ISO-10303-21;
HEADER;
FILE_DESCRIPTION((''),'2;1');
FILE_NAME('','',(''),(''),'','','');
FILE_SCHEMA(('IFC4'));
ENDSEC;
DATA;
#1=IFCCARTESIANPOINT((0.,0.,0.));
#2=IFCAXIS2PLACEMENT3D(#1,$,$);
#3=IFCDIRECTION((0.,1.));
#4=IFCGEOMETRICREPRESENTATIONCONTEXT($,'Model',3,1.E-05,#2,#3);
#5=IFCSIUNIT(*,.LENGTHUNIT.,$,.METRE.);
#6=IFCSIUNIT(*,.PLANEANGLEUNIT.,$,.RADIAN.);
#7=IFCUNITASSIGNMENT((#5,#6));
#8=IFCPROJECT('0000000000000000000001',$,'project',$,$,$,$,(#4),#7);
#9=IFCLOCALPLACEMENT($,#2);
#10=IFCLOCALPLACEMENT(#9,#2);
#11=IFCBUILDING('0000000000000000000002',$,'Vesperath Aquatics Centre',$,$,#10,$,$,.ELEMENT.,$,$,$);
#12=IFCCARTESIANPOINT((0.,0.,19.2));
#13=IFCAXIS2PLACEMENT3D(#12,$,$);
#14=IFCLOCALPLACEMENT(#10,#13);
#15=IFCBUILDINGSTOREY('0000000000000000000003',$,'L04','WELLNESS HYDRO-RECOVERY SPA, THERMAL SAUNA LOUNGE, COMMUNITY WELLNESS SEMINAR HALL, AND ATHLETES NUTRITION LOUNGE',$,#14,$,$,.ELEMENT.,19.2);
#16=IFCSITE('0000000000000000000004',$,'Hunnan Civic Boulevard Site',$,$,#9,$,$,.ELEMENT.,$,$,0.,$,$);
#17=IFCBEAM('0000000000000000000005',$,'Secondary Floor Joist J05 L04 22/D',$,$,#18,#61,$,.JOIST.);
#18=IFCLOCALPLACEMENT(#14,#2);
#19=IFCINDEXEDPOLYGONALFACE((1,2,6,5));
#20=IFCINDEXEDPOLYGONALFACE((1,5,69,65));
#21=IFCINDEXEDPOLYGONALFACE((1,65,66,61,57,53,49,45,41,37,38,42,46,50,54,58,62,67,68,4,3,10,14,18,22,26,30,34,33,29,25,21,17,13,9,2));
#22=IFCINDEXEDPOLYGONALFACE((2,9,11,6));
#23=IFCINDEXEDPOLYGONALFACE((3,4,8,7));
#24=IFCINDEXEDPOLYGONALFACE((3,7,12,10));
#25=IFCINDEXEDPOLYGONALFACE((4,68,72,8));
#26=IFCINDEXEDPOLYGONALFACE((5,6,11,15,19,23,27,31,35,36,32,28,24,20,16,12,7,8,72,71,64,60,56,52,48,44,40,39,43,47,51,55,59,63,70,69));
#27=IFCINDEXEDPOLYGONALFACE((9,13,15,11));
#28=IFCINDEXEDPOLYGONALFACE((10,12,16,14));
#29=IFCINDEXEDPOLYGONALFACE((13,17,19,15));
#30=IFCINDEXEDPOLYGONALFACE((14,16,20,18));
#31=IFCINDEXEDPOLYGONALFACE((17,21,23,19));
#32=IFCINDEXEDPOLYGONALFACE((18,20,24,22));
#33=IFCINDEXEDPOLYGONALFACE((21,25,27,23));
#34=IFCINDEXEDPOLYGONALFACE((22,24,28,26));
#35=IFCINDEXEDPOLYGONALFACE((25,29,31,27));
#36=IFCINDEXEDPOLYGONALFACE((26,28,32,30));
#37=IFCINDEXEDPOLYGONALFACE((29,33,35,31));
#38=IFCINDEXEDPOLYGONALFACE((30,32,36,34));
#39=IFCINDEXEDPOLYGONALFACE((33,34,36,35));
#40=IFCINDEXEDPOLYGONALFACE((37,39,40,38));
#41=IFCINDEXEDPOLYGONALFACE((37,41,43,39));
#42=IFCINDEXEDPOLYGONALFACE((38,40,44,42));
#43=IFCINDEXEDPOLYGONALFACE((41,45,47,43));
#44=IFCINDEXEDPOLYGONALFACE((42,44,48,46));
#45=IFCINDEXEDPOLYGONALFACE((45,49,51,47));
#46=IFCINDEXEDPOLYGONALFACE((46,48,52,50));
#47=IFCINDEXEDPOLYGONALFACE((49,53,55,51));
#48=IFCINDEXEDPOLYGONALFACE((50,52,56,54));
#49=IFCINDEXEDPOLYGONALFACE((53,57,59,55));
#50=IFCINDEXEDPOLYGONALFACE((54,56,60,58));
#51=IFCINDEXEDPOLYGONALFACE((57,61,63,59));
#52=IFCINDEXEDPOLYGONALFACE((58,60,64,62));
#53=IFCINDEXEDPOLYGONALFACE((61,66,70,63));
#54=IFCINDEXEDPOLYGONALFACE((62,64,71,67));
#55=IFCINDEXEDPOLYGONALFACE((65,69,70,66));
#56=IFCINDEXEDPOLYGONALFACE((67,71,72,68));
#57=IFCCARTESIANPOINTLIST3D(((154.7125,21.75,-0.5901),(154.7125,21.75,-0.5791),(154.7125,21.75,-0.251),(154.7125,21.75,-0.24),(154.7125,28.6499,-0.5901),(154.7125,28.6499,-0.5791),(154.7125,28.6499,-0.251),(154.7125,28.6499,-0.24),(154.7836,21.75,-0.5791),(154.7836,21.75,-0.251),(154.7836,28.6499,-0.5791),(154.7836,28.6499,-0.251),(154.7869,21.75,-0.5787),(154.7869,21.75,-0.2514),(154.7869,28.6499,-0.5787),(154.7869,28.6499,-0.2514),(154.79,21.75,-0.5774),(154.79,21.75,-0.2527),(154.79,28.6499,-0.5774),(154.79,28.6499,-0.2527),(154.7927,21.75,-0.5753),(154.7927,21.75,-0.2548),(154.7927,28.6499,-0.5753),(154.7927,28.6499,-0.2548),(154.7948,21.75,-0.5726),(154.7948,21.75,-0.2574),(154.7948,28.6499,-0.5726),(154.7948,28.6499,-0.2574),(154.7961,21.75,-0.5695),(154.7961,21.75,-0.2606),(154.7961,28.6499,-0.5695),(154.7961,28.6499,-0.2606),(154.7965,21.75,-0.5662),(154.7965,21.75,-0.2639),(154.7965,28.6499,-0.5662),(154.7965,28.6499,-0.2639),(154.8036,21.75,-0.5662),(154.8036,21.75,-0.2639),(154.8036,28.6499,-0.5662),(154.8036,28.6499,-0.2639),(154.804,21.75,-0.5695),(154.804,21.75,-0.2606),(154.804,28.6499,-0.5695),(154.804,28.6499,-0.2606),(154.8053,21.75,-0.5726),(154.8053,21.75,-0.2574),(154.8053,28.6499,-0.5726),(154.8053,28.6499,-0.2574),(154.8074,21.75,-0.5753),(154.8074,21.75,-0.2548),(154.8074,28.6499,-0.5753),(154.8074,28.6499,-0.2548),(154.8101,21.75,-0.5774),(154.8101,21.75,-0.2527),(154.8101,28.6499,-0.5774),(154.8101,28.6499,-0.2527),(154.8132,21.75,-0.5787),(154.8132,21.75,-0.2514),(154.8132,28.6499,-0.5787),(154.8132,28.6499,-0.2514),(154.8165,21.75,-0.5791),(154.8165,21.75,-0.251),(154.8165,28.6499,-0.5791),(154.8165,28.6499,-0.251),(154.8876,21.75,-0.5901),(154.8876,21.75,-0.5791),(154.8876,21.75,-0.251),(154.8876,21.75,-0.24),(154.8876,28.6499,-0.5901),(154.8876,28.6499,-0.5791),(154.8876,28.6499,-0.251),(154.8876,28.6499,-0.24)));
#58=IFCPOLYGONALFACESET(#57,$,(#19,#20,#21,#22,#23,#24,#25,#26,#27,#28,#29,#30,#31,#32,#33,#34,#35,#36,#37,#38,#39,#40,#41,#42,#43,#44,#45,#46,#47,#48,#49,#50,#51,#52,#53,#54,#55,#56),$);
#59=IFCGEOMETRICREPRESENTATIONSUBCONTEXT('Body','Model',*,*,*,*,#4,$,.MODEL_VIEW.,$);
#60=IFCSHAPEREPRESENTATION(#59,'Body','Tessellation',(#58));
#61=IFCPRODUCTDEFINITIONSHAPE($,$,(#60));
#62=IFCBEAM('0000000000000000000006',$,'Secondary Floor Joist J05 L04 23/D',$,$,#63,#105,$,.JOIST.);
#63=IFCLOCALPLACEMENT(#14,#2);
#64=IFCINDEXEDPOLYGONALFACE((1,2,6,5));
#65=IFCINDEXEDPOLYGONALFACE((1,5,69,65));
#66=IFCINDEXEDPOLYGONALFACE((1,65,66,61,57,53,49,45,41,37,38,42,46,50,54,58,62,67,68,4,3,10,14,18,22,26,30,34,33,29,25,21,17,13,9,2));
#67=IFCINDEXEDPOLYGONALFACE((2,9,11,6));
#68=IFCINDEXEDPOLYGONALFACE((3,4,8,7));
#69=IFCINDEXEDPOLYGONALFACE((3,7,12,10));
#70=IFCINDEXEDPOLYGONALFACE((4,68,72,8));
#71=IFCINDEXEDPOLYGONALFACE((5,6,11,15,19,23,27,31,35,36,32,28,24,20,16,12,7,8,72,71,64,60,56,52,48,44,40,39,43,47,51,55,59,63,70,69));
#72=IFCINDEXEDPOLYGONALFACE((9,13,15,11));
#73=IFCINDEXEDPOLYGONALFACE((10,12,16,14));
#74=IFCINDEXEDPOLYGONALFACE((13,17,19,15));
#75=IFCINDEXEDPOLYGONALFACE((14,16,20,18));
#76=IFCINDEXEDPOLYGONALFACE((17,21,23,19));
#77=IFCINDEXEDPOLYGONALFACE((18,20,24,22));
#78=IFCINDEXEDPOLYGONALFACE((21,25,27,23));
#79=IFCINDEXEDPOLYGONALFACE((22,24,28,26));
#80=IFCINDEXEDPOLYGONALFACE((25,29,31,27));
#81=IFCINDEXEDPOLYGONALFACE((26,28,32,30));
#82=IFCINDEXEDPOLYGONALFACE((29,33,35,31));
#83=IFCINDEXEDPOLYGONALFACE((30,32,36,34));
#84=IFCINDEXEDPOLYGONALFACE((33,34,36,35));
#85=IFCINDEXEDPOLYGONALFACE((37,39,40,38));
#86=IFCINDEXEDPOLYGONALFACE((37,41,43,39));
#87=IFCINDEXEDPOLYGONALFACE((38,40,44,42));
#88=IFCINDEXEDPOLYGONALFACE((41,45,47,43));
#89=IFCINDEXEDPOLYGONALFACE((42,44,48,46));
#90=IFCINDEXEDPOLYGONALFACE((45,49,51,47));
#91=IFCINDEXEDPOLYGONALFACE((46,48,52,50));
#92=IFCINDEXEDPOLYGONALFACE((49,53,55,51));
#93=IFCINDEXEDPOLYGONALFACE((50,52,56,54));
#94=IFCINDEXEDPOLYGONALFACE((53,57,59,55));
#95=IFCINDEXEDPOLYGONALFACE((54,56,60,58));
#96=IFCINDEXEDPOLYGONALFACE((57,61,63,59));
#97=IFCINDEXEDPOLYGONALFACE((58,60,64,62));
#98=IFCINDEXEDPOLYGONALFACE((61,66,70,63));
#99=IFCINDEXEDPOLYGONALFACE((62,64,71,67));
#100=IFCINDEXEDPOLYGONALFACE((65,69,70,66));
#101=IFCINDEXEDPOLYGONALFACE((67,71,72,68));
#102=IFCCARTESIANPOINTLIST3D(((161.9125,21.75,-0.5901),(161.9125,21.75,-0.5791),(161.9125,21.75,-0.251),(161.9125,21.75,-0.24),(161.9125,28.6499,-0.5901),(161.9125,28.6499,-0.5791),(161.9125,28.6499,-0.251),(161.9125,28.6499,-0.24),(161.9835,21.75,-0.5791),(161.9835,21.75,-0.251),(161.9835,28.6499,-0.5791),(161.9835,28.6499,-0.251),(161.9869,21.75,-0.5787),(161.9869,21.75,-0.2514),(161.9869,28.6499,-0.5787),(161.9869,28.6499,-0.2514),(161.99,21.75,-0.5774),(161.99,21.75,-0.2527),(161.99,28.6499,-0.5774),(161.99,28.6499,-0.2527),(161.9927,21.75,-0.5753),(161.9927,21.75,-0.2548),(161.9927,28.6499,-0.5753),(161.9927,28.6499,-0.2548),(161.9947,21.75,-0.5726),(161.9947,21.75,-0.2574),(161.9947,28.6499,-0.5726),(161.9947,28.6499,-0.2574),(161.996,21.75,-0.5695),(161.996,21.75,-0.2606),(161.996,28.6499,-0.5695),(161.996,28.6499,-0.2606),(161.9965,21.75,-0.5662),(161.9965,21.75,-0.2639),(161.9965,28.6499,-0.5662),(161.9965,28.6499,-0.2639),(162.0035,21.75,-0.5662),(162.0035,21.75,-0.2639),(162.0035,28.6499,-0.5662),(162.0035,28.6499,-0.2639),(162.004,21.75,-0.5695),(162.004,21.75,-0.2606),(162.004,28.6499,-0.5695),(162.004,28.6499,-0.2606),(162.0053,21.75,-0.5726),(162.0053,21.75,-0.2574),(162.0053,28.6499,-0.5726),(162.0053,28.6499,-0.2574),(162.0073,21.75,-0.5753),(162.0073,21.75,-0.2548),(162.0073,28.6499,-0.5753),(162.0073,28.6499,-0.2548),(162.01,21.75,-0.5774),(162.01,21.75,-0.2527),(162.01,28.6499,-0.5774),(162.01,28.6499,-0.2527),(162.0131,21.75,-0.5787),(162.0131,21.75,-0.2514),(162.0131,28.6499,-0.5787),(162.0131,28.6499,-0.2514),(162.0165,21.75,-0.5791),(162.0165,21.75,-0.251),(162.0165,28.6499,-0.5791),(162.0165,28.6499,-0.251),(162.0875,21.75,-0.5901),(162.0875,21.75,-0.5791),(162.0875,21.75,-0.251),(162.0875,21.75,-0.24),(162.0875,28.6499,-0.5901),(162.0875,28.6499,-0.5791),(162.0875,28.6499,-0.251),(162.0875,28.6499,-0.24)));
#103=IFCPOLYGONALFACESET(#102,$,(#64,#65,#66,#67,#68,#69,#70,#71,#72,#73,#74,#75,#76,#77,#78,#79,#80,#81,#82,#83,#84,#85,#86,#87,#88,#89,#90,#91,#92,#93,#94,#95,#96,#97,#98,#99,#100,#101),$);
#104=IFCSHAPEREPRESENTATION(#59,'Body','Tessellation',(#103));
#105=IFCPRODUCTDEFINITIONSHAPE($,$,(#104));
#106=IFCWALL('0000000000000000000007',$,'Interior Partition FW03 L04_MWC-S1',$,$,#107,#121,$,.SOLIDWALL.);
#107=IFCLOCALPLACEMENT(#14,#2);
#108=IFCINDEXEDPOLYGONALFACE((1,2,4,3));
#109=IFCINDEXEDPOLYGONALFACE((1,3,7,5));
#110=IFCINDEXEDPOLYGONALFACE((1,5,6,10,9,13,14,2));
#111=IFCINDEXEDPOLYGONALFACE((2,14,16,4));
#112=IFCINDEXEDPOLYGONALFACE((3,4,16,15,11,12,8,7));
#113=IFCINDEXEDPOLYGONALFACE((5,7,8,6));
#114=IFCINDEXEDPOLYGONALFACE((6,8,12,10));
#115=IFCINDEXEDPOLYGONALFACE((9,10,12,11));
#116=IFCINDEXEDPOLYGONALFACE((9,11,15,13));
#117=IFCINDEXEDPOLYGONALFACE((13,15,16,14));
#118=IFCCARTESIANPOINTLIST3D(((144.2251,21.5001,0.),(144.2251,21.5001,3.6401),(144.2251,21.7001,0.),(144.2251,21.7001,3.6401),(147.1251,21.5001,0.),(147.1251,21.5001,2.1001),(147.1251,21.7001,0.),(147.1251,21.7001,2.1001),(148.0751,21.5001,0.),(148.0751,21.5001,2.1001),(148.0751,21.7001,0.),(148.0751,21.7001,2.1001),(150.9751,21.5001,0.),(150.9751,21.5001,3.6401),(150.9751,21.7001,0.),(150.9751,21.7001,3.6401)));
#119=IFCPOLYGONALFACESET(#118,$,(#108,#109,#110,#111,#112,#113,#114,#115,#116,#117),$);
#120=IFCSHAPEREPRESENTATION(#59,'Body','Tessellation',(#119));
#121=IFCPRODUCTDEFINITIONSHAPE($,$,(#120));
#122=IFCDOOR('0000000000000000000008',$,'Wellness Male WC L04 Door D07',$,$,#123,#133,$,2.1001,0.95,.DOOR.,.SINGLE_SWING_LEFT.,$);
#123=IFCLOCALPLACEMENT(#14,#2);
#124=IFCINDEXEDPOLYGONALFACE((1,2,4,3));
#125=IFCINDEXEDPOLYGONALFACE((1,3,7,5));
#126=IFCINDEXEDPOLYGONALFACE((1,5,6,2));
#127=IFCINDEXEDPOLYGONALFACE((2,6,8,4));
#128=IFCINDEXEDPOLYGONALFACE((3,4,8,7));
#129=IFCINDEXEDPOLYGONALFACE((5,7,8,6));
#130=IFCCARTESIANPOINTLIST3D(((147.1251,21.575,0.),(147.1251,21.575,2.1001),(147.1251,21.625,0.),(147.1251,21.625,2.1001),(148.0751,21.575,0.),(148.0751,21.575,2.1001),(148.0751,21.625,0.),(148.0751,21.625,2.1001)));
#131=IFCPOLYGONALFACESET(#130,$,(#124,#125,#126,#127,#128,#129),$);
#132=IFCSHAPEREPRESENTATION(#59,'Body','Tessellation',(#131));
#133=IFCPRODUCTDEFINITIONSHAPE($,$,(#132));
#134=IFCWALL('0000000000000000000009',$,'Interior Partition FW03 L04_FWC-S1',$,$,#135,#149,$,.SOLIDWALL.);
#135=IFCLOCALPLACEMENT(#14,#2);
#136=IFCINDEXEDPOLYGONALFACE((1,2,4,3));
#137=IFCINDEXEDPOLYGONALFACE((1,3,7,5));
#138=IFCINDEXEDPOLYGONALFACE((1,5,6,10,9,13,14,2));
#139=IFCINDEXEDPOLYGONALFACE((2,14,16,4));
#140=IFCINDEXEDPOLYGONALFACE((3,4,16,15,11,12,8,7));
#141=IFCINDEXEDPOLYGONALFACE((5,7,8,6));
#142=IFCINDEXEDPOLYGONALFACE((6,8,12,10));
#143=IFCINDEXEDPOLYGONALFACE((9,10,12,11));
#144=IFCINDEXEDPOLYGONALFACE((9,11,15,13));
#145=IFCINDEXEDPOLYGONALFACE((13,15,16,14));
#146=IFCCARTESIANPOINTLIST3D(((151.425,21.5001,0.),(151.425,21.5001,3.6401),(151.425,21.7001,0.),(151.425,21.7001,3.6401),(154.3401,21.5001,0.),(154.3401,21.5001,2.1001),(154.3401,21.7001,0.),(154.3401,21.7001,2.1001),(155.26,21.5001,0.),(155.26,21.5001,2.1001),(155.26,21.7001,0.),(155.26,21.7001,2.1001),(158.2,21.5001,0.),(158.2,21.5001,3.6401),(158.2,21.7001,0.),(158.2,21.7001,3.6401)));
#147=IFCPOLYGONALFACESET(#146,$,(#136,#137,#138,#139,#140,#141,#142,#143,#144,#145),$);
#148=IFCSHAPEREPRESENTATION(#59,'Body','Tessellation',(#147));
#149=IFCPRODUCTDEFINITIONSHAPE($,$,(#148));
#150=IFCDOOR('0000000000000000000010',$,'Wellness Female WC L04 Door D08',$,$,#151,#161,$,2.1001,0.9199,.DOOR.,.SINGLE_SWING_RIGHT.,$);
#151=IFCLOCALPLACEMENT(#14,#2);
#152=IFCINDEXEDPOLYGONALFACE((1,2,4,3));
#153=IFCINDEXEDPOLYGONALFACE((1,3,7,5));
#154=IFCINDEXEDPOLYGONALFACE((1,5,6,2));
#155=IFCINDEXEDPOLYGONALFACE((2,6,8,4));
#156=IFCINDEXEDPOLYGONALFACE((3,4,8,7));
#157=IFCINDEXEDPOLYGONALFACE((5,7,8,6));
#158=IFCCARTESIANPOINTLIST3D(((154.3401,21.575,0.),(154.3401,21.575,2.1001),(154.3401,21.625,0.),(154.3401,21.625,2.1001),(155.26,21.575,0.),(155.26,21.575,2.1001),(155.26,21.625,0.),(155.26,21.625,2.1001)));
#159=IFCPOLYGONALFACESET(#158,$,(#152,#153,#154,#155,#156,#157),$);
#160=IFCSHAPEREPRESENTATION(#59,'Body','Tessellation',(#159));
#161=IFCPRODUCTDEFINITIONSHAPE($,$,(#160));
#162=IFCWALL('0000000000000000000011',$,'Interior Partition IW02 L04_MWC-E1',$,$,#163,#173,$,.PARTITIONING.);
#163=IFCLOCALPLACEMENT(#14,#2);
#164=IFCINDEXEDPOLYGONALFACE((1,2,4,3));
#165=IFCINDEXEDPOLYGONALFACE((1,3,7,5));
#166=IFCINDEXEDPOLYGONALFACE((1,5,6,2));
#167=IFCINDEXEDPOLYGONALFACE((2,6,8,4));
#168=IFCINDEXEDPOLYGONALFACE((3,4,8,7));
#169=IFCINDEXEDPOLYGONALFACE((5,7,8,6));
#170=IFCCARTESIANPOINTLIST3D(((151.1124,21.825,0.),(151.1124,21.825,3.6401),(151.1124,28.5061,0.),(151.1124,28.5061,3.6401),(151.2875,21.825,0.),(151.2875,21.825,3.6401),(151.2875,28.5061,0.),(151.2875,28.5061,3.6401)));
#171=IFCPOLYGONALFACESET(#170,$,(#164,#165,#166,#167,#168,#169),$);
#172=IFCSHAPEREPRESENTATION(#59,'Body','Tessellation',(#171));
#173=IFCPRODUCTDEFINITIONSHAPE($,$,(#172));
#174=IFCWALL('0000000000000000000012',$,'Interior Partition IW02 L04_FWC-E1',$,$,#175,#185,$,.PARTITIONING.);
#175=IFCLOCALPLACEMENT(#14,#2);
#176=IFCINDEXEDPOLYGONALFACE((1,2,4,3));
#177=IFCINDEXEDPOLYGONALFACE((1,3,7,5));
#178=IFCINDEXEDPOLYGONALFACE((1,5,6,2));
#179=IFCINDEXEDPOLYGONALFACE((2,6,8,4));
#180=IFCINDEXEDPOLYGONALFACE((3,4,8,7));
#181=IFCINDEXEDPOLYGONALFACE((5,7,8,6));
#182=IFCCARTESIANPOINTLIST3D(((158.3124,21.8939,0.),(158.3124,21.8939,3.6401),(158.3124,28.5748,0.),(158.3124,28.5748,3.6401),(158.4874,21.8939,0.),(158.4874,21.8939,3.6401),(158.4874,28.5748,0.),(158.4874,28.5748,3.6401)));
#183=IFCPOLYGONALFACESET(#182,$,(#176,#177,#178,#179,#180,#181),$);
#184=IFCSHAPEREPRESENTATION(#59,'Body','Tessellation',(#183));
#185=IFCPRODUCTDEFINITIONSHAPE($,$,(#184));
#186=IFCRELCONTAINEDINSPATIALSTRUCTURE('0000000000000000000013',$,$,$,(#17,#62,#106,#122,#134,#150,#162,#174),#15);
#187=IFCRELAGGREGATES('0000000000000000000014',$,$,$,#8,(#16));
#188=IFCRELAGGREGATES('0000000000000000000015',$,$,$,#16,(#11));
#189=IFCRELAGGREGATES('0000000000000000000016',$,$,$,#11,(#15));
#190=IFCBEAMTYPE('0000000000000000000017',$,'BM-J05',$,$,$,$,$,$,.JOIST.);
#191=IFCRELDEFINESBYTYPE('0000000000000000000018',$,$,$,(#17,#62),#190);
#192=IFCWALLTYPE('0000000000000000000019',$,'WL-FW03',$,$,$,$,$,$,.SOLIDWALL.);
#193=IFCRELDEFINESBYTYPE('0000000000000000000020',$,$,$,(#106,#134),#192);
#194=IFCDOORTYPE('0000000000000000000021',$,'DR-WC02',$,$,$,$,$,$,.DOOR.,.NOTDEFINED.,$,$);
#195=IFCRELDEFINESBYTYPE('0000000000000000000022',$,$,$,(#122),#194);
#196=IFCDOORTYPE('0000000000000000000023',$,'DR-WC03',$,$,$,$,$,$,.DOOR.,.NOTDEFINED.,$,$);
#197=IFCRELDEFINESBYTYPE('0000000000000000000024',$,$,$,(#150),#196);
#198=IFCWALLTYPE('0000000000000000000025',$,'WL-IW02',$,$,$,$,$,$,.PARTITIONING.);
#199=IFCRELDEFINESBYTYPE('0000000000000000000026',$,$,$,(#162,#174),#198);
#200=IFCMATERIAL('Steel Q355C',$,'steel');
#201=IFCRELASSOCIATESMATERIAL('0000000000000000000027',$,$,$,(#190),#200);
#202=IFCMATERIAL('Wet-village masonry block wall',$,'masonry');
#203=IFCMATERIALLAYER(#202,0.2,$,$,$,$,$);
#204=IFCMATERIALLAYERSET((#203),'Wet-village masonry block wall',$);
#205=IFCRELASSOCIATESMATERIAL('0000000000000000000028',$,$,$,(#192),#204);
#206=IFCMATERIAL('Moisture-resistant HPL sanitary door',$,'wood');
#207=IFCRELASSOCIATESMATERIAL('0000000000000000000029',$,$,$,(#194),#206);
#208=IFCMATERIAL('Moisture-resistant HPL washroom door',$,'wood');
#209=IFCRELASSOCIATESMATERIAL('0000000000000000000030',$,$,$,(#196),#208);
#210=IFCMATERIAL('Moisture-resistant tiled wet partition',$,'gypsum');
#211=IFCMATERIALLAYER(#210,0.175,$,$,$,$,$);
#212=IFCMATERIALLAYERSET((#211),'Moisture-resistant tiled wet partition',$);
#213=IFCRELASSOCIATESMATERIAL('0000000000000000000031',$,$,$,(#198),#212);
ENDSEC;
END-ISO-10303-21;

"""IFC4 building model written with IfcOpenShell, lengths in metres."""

from ifc_helpers import new_model, si_unit, direction, frame, frame_2d, origin, origin_2d, place, context, subcontext, project, spatial, rectangle, i_section, extrude, material, layer, layer_set, material_profile, profile_set, type_object, element, fill, save


model = new_model("IFC4")

# Units and contexts
model_context = context("Model", 3, precision=1e-05, world=origin(), true_north=direction((0.0, 1.0)))
body_context = subcontext(model_context, "Body", "Model", "MODEL_VIEW")
ifc_project = project(units=[si_unit("LENGTHUNIT", "METRE"), si_unit("PLANEANGLEUNIT", "RADIAN")], contexts=[model_context])

# Site, building, storey
site_placement = place(None, origin())
site = spatial("IfcSite", under=ifc_project, at=site_placement, Name="Hunnan Civic Boulevard Site", CompositionType="ELEMENT", RefElevation=0.0)
building_placement = place(site_placement, origin())
building = spatial("IfcBuilding", under=site, at=building_placement, Name="Vesperath Aquatics Centre", CompositionType="ELEMENT")
storey_placement = place(building_placement, frame((0.0, 0.0, 19.2)))
storey = spatial("IfcBuildingStorey", under=building, at=storey_placement, Name="L04", Description="WELLNESS HYDRO-RECOVERY SPA, THERMAL SAUNA LOUNGE, COMMUNITY WELLNESS SEMINAR HALL, AND ATHLETES NUTRITION LOUNGE", CompositionType="ELEMENT", Elevation=19.2)

# Shared definitions
ifc_material_1 = material(Name="Steel Q355C", Category="steel")

# Beams
ifc_material_profile_1 = material_profile(ifc_material_1, i_section(OverallWidth=0.175, OverallDepth=0.3501, WebThickness=0.0071, FlangeThickness=0.011, FilletRadius=0.0129, at=origin_2d()), Name="HN 350x175x7x11")
ifc_profile_set_1 = profile_set([ifc_material_profile_1], Name="Steel Q355C")
beam_type_1 = type_object("IfcBeamType", Name="BM-J05", PredefinedType="JOIST", material=ifc_profile_set_1)
for number, where, z_axis, x_axis, name in (
    (1, (154.8, 21.75, -0.415), (0.0, 1.0, 0.0), (-1.0, 0.0, 0.0), "Secondary Floor Joist J05 L04 22/D"),
    (2, (162.0, 21.75, -0.415), (0.0, 1.0, 0.0), (-1.0, 0.0, 0.0), "Secondary Floor Joist J05 L04 23/D"),
):
    element("IfcBeam", number, at=place(storey_placement, frame(where, z_axis=z_axis, x_axis=x_axis)), inside=storey, type_object=beam_type_1, Name=name, PredefinedType="JOIST", context=body_context, shape_type="SweptSolid", body=[
        extrude(i_section(OverallWidth=0.175, OverallDepth=0.3501, WebThickness=0.0071, FlangeThickness=0.011, FilletRadius=0.0129, at=origin_2d()), origin(), (0.0, 0.0, 1.0), 6.8999),
    ])

# Walls, openings, doors
ifc_material_2 = material(Name="Wet-village masonry block wall", Category="masonry")
ifc_layer_1 = layer(ifc_material_2, 0.2)
ifc_layer_set_1 = layer_set([ifc_layer_1], Name="Wet-village masonry block wall")
wall_type_1 = type_object("IfcWallType", Name="WL-FW03", PredefinedType="SOLIDWALL", material=ifc_layer_set_1)
wall_1_placement = place(storey_placement, frame((144.2251, 21.6001, 0.0), z_axis=(0.0, 0.0, 1.0), x_axis=(1.0, 0.0, 0.0)))
wall_1 = element("IfcWall", 3, at=wall_1_placement, inside=storey, type_object=wall_type_1, Name="Interior Partition FW03 L04_MWC-S1", PredefinedType="SOLIDWALL", context=body_context, shape_type="SweptSolid", body=[
    extrude(rectangle(XDim=6.75, YDim=0.2, at=frame_2d((3.375, 0.0))), origin(), (0.0, 0.0, 1.0), 3.6401),
])
opening_1_placement = place(wall_1_placement, frame((2.8999, 0.0, 0.0)))
opening_1 = element("IfcOpeningElement", 4, at=opening_1_placement, cuts=wall_1, PredefinedType="OPENING", context=body_context, shape_type="SweptSolid", body=[
    extrude(rectangle(XDim=0.95, YDim=2.1001, at=frame_2d((0.4751, 1.05))), frame((0.0, 0.1147, 0.0), z_axis=(0.0, -1.0, 0.0), x_axis=(1.0, 0.0, 0.0)), (0.0, 0.0, 1.0), 0.2297),
])
ifc_material_3 = material(Name="Moisture-resistant HPL sanitary door", Category="wood")
door_type_1 = type_object("IfcDoorType", Name="DR-WC02", OperationType="NOTDEFINED", PredefinedType="DOOR", material=ifc_material_3)
door_1_placement = place(opening_1_placement, origin())
door_1 = element("IfcDoor", 5, at=door_1_placement, inside=storey, type_object=door_type_1, Name="Wellness Male WC L04 Door D07", OperationType="SINGLE_SWING_LEFT", OverallHeight=2.1001, OverallWidth=0.95, PredefinedType="DOOR", context=body_context, shape_type="SweptSolid", body=[
    extrude(rectangle(XDim=0.95, YDim=2.1001, at=frame_2d((0.4751, 1.05))), frame((0.0, 0.0249, 0.0), z_axis=(0.0, -1.0, 0.0), x_axis=(1.0, 0.0, 0.0)), (0.0, 0.0, 1.0), 0.05),
])
fill(opening_1, door_1)
wall_2_placement = place(storey_placement, frame((151.425, 21.6001, 0.0), z_axis=(0.0, 0.0, 1.0), x_axis=(1.0, 0.0, 0.0)))
wall_2 = element("IfcWall", 6, at=wall_2_placement, inside=storey, type_object=wall_type_1, Name="Interior Partition FW03 L04_FWC-S1", PredefinedType="SOLIDWALL", context=body_context, shape_type="SweptSolid", body=[
    extrude(rectangle(XDim=6.7749, YDim=0.2, at=frame_2d((3.3875, 0.0))), origin(), (0.0, 0.0, 1.0), 3.6401),
])
opening_2_placement = place(wall_2_placement, frame((2.915, 0.0, 0.0)))
opening_2 = element("IfcOpeningElement", 7, at=opening_2_placement, cuts=wall_2, PredefinedType="OPENING", context=body_context, shape_type="SweptSolid", body=[
    extrude(rectangle(XDim=0.9199, YDim=2.1001, at=frame_2d((0.46, 1.05))), frame((0.0, 0.1147, 0.0), z_axis=(0.0, -1.0, 0.0), x_axis=(1.0, 0.0, 0.0)), (0.0, 0.0, 1.0), 0.2297),
])
ifc_material_4 = material(Name="Moisture-resistant HPL washroom door", Category="wood")
door_type_2 = type_object("IfcDoorType", Name="DR-WC03", OperationType="NOTDEFINED", PredefinedType="DOOR", material=ifc_material_4)
door_2_placement = place(opening_2_placement, origin())
door_2 = element("IfcDoor", 8, at=door_2_placement, inside=storey, type_object=door_type_2, Name="Wellness Female WC L04 Door D08", OperationType="SINGLE_SWING_RIGHT", OverallHeight=2.1001, OverallWidth=0.9199, PredefinedType="DOOR", context=body_context, shape_type="SweptSolid", body=[
    extrude(rectangle(XDim=0.9199, YDim=2.1001, at=frame_2d((0.46, 1.05))), frame((0.0, 0.0249, 0.0), z_axis=(0.0, -1.0, 0.0), x_axis=(1.0, 0.0, 0.0)), (0.0, 0.0, 1.0), 0.05),
])
fill(opening_2, door_2)

# Walls
ifc_material_5 = material(Name="Moisture-resistant tiled wet partition", Category="gypsum")
ifc_layer_2 = layer(ifc_material_5, 0.175)
ifc_layer_set_2 = layer_set([ifc_layer_2], Name="Moisture-resistant tiled wet partition")
wall_type_2 = type_object("IfcWallType", Name="WL-IW02", PredefinedType="PARTITIONING", material=ifc_layer_set_2)
wall_3_placement = place(storey_placement, frame((151.2, 21.825, 0.0), z_axis=(0.0, 0.0, 1.0), x_axis=(0.0, 1.0, 0.0)))
element("IfcWall", 9, at=wall_3_placement, inside=storey, type_object=wall_type_2, Name="Interior Partition IW02 L04_MWC-E1", PredefinedType="PARTITIONING", context=body_context, shape_type="SweptSolid", body=[
    extrude(rectangle(XDim=6.6812, YDim=0.175, at=frame_2d((3.3406, 0.0))), origin(), (0.0, 0.0, 1.0), 3.6401),
])
wall_4_placement = place(storey_placement, frame((158.3999, 21.894, 0.0), z_axis=(0.0, 0.0, 1.0), x_axis=(0.0, 1.0, 0.0)))
element("IfcWall", 10, at=wall_4_placement, inside=storey, type_object=wall_type_2, Name="Interior Partition IW02 L04_FWC-E1", PredefinedType="PARTITIONING", context=body_context, shape_type="SweptSolid", body=[
    extrude(rectangle(XDim=6.6809, YDim=0.175, at=frame_2d((3.3403, 0.0))), origin(), (0.0, 0.0, 1.0), 3.6401),
])

save(model, "model.ifc")
